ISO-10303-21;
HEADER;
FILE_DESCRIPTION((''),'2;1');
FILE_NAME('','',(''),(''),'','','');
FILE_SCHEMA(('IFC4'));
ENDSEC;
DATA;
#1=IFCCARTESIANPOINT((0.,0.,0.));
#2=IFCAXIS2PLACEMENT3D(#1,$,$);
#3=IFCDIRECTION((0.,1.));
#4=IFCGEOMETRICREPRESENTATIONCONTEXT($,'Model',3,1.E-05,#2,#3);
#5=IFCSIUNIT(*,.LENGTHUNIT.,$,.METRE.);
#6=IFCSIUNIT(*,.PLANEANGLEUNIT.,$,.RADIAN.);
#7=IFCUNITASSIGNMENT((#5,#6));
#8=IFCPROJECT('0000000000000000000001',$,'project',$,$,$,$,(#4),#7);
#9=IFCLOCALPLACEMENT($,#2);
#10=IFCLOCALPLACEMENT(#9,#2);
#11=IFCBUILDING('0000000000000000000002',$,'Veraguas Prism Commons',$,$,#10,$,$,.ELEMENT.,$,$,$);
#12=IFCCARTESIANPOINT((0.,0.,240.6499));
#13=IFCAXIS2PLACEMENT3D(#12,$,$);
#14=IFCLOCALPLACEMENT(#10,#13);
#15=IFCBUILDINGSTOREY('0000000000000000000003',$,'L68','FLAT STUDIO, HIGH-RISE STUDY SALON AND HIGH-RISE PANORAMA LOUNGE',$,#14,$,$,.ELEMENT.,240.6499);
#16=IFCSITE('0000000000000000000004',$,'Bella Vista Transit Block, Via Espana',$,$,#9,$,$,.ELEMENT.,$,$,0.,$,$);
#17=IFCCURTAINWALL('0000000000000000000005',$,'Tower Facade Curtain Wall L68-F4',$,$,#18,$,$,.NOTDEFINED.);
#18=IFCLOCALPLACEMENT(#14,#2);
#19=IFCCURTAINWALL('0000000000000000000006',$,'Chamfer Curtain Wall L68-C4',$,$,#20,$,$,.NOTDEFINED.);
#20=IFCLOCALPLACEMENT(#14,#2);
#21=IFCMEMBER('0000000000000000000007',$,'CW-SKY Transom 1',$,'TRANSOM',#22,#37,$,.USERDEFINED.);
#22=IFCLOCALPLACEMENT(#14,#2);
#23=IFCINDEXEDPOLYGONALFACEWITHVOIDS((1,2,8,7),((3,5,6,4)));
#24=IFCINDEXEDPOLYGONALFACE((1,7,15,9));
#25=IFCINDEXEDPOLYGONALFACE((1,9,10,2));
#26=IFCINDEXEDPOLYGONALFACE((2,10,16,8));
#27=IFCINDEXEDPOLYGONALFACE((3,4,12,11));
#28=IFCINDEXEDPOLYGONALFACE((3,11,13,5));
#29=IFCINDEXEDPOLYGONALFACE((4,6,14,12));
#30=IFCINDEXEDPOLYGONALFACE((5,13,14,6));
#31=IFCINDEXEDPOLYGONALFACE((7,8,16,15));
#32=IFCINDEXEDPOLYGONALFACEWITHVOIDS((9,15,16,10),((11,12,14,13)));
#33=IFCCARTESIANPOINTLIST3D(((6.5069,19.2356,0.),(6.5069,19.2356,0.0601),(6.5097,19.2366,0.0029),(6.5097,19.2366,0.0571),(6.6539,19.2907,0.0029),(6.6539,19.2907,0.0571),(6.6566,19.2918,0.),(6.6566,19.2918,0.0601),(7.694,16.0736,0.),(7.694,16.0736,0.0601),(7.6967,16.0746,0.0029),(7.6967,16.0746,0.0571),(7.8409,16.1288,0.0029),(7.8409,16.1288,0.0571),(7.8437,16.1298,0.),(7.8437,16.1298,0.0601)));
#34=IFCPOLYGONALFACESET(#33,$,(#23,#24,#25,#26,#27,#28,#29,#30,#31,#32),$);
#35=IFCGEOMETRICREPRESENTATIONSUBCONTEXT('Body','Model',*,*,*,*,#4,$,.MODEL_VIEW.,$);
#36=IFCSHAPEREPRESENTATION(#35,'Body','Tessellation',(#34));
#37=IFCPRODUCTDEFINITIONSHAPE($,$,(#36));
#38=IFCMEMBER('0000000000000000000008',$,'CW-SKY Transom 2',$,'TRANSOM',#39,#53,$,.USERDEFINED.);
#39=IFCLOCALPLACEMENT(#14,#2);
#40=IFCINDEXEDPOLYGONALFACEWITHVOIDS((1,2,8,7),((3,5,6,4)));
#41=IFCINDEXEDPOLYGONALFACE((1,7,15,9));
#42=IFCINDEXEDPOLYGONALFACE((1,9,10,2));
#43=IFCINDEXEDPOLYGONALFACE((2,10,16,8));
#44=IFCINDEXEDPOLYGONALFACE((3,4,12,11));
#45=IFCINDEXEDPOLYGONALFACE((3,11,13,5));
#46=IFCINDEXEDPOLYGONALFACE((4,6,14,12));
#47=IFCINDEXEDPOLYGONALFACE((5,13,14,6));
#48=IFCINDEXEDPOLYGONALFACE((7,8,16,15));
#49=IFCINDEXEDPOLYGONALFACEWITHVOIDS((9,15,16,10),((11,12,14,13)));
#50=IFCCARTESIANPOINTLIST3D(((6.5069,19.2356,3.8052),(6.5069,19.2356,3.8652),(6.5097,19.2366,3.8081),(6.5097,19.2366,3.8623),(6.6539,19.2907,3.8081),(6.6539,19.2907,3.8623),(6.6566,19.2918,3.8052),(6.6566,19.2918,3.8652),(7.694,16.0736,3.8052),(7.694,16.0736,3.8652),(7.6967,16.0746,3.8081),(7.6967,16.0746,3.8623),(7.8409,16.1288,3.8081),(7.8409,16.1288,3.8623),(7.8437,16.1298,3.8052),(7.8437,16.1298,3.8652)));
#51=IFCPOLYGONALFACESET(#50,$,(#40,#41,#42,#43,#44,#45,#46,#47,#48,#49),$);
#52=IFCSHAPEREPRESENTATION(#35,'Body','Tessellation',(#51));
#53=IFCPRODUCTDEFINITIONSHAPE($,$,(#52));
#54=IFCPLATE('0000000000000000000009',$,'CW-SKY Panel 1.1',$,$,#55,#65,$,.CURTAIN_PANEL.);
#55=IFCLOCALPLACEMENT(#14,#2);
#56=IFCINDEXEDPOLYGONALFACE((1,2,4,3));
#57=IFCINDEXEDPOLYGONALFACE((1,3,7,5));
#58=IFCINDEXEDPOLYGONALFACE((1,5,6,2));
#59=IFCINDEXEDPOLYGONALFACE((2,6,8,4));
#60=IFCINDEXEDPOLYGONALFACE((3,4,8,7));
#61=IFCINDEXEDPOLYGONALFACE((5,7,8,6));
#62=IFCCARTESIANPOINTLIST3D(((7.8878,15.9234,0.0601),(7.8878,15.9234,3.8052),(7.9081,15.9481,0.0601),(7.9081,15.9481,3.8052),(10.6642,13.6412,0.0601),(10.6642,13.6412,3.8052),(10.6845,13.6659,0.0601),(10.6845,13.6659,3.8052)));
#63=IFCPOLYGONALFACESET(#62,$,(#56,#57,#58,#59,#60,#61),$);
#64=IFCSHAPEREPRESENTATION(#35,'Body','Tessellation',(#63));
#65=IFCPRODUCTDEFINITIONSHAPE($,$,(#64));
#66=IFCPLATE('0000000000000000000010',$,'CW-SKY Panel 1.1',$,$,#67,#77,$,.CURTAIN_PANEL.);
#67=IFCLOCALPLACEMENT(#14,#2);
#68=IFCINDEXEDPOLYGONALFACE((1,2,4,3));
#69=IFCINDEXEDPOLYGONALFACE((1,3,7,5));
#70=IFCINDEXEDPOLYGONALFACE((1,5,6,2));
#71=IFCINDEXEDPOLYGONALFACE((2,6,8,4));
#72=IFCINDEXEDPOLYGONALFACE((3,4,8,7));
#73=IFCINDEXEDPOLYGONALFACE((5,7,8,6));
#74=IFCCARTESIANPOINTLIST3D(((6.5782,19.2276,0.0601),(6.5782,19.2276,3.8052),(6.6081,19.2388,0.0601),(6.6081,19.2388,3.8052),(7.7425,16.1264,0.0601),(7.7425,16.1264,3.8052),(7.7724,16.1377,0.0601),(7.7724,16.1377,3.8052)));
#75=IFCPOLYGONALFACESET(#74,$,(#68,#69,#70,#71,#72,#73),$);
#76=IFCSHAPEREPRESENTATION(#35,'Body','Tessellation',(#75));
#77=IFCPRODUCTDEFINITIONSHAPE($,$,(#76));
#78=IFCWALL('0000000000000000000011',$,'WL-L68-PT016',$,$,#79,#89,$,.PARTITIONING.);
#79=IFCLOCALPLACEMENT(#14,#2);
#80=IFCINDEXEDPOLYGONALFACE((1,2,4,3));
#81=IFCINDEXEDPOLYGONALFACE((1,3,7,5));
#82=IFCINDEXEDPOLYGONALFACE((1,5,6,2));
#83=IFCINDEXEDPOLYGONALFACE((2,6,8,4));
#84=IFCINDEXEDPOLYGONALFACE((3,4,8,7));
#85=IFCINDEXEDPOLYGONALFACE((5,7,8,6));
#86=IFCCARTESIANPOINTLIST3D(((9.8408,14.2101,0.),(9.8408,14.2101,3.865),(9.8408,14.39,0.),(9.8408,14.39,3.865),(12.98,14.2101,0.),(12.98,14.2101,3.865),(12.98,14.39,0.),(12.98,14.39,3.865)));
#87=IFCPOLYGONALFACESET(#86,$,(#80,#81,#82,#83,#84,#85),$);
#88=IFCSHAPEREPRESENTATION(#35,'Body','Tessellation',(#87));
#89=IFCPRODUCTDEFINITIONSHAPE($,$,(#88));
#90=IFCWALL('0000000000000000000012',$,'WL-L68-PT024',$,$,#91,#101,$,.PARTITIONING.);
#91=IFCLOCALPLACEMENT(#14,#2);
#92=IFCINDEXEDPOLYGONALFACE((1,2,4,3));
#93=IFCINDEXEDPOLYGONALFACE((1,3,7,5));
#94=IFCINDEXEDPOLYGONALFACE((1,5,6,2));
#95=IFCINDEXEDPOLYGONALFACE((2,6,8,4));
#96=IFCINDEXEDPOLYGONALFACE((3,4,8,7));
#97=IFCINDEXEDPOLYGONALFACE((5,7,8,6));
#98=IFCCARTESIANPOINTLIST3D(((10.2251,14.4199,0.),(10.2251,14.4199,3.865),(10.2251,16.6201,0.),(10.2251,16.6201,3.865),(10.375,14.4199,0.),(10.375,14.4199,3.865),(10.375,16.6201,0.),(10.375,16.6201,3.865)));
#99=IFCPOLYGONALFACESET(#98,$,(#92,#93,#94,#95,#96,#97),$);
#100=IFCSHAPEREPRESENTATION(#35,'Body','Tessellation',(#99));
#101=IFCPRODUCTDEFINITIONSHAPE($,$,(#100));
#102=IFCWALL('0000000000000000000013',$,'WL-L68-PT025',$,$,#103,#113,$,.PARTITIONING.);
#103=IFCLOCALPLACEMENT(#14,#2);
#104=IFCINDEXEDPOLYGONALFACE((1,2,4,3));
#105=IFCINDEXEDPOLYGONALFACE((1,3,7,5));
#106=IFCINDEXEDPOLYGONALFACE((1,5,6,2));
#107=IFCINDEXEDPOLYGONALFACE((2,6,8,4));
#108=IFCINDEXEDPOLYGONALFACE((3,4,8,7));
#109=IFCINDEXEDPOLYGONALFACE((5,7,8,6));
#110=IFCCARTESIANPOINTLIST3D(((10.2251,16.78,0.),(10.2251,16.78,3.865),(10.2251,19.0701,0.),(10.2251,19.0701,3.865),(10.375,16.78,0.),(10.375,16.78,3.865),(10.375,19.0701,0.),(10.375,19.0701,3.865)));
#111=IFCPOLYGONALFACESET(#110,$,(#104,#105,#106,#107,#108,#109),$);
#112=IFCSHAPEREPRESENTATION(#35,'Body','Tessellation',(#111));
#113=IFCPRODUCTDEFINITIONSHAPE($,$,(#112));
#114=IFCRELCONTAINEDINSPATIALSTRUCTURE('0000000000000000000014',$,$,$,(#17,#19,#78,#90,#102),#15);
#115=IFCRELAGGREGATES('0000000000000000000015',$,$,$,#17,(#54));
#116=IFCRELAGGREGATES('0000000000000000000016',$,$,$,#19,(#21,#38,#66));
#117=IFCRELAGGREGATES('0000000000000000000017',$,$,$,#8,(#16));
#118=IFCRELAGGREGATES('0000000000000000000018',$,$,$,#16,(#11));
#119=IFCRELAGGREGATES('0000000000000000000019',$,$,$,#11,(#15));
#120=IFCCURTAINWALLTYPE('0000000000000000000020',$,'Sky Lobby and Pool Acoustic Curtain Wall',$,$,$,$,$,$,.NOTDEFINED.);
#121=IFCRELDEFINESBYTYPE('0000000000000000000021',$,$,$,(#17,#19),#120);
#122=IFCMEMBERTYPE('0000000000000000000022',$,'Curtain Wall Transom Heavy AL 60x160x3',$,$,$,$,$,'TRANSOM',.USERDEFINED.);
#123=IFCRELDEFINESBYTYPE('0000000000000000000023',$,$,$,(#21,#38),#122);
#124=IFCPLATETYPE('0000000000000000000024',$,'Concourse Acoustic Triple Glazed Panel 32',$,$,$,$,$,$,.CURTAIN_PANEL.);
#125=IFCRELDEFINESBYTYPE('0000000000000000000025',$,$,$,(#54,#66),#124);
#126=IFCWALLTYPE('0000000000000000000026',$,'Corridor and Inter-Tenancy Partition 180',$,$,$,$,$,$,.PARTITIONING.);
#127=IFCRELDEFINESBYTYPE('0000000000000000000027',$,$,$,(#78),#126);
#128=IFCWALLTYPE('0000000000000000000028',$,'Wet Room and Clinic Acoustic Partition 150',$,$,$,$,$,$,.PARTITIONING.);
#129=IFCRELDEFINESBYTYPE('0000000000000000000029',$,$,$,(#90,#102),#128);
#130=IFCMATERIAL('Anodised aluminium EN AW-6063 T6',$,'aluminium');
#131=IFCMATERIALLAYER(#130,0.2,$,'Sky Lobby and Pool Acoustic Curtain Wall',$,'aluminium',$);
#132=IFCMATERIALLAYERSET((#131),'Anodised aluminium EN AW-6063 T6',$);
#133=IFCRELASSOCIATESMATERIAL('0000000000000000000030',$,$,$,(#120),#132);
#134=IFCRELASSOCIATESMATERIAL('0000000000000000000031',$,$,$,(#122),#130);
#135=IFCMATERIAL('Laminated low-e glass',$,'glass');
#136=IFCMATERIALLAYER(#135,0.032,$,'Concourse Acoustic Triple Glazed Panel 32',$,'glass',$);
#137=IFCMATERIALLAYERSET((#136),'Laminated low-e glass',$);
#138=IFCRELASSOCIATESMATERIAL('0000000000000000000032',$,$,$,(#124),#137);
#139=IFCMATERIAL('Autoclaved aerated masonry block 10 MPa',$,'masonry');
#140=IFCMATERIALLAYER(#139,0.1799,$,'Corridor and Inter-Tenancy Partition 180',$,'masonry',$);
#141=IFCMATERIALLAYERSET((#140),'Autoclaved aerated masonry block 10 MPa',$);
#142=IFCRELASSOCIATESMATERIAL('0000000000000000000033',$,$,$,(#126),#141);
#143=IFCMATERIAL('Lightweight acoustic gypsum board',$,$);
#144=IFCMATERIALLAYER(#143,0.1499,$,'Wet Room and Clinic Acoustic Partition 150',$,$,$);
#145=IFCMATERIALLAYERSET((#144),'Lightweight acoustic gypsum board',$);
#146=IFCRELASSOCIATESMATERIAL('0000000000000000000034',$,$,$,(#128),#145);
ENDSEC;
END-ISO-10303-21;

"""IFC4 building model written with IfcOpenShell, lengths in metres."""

from ifc_helpers import new_model, si_unit, direction, frame, frame_2d, origin, origin_2d, place, context, subcontext, project, spatial, rectangle, hollow_rectangle, extrude, source, transform, mapped, material, layer, layer_set, material_profile, profile_set, type_object, element, aggregate, save


model = new_model("IFC4")

# Units and contexts
model_context = context("Model", 3, precision=1e-05, world=origin(), true_north=direction((0.0, 1.0)))
body_context = subcontext(model_context, "Body", "Model", "MODEL_VIEW")
ifc_project = project(units=[si_unit("LENGTHUNIT", "METRE"), si_unit("PLANEANGLEUNIT", "RADIAN")], contexts=[model_context])

# Site, building, storey
site_placement = place(None, origin())
site = spatial("IfcSite", under=ifc_project, at=site_placement, Name="Bella Vista Transit Block, Via Espana", CompositionType="ELEMENT", RefElevation=0.0)
building_placement = place(site_placement, origin())
building = spatial("IfcBuilding", under=site, at=building_placement, Name="Veraguas Prism Commons", CompositionType="ELEMENT")
storey_placement = place(building_placement, frame((0.0, 0.0, 240.6499)))
storey = spatial("IfcBuildingStorey", under=building, at=storey_placement, Name="L68", Description="FLAT STUDIO, HIGH-RISE STUDY SALON AND HIGH-RISE PANORAMA LOUNGE", CompositionType="ELEMENT", Elevation=240.6499)

# Shared definitions
ifc_material_1 = material(Name="Anodised aluminium EN AW-6063 T6", Category="aluminium")
ifc_layer_1 = layer(ifc_material_1, 0.2, Name="Sky Lobby and Pool Acoustic Curtain Wall", Category="aluminium")
ifc_layer_set_1 = layer_set([ifc_layer_1], Name="Anodised aluminium EN AW-6063 T6")
curtain_wall_type = type_object("IfcCurtainWallType", Name="Sky Lobby and Pool Acoustic Curtain Wall", PredefinedType="NOTDEFINED", material=ifc_layer_set_1)

# Curtain walls
curtain_wall_1_placement = place(storey_placement, origin())
curtain_wall_1 = element("IfcCurtainWall", 1, at=curtain_wall_1_placement, inside=storey, type_object=curtain_wall_type, Name="Tower Facade Curtain Wall L68-F4", PredefinedType="NOTDEFINED")
curtain_wall_2_placement = place(storey_placement, origin())
curtain_wall_2 = element("IfcCurtainWall", 2, at=curtain_wall_2_placement, inside=storey, type_object=curtain_wall_type, Name="Chamfer Curtain Wall L68-C4", PredefinedType="NOTDEFINED")

# Members
ifc_material_profile_1 = material_profile(ifc_material_1, hollow_rectangle(XDim=0.0601, YDim=0.1599, WallThickness=0.0029, at=origin_2d()), Name="AL60X160X3")
ifc_profile_set_1 = profile_set([ifc_material_profile_1], Name="Anodised aluminium EN AW-6063 T6")
member_type_1 = type_object("IfcMemberType", Name="Curtain Wall Transom Heavy AL 60x160x3", ElementType="TRANSOM", PredefinedType="USERDEFINED", material=ifc_profile_set_1)
shared_shape_1 = source(origin(), body_context, "Body", "SweptSolid", [
    extrude(hollow_rectangle(XDim=0.0601, YDim=0.1599, WallThickness=0.0029, at=origin_2d()), origin(), (0.0, 0.0, 1.0), 3.3774),
])
member_1_placement = place(storey_placement, frame((6.5818, 19.2637, 0.03), z_axis=(0.351464, -0.936201, 0.0), x_axis=(0.0, 0.0, 1.0)))
member_1 = element("IfcMember", 3, at=member_1_placement, type_object=member_type_1, Name="CW-SKY Transom 1", ObjectType="TRANSOM", PredefinedType="USERDEFINED", context=body_context, shape_type="MappedRepresentation", body=[
    mapped(shared_shape_1, transform((0.0, 0.0, 0.0), scale=1.0)),
])
member_2_placement = place(storey_placement, frame((6.5818, 19.2637, 3.8352), z_axis=(0.351464, -0.936201, 0.0), x_axis=(0.0, 0.0, 1.0)))
member_2 = element("IfcMember", 4, at=member_2_placement, type_object=member_type_1, Name="CW-SKY Transom 2", ObjectType="TRANSOM", PredefinedType="USERDEFINED", context=body_context, shape_type="MappedRepresentation", body=[
    mapped(shared_shape_1, transform((0.0, 0.0, 0.0), scale=1.0)),
])

# Plates
ifc_material_2 = material(Name="Laminated low-e glass", Category="glass")
ifc_layer_2 = layer(ifc_material_2, 0.032, Name="Concourse Acoustic Triple Glazed Panel 32", Category="glass")
ifc_layer_set_2 = layer_set([ifc_layer_2], Name="Laminated low-e glass")
plate_type = type_object("IfcPlateType", Name="Concourse Acoustic Triple Glazed Panel 32", PredefinedType="CURTAIN_PANEL", material=ifc_layer_set_2)
shared_shape_2 = source(origin(), body_context, "Body", "SweptSolid", [
    extrude(rectangle(XDim=3.594, YDim=0.032, at=origin_2d()), origin(), (0.0, 0.0, 1.0), 3.7451),
])
plate_1_placement = place(storey_placement, frame((9.2861, 14.7947, 0.0601), z_axis=(0.0, 0.0, 1.0), x_axis=(0.772514, -0.634998, 0.0)))
plate_1 = element("IfcPlate", 5, at=plate_1_placement, type_object=plate_type, Name="CW-SKY Panel 1.1", PredefinedType="CURTAIN_PANEL", context=body_context, shape_type="MappedRepresentation", body=[
    mapped(shared_shape_2, transform((0.0, 0.0, 0.0), scale=1.0)),
])
aggregate(curtain_wall_1, [plate_1])
shared_shape_3 = source(origin(), body_context, "Body", "SweptSolid", [
    extrude(rectangle(XDim=3.3125, YDim=0.032, at=origin_2d()), origin(), (0.0, 0.0, 1.0), 3.7451),
])
plate_2_placement = place(storey_placement, frame((7.1753, 17.6826, 0.0601), z_axis=(0.0, 0.0, 1.0), x_axis=(0.351492, -0.936191, 0.0)))
plate_2 = element("IfcPlate", 6, at=plate_2_placement, type_object=plate_type, Name="CW-SKY Panel 1.1", PredefinedType="CURTAIN_PANEL", context=body_context, shape_type="MappedRepresentation", body=[
    mapped(shared_shape_3, transform((0.0, 0.0, 0.0), scale=1.0)),
])
aggregate(curtain_wall_2, [member_1, member_2, plate_2])

# Walls
ifc_material_3 = material(Name="Autoclaved aerated masonry block 10 MPa", Category="masonry")
ifc_layer_3 = layer(ifc_material_3, 0.1799, Name="Corridor and Inter-Tenancy Partition 180", Category="masonry")
ifc_layer_set_3 = layer_set([ifc_layer_3], Name="Autoclaved aerated masonry block 10 MPa")
wall_type_1 = type_object("IfcWallType", Name="Corridor and Inter-Tenancy Partition 180", PredefinedType="PARTITIONING", material=ifc_layer_set_3)
wall_1_placement = place(storey_placement, frame((12.98, 14.3, 0.0), z_axis=(0.0, 0.0, 1.0), x_axis=(-1.0, 0.0, 0.0)))
element("IfcWall", 7, at=wall_1_placement, inside=storey, type_object=wall_type_1, Name="WL-L68-PT016", PredefinedType="PARTITIONING", context=body_context, shape_type="SweptSolid", body=[
    extrude(rectangle(XDim=3.1392, YDim=0.1799, at=frame_2d((1.5696, 0.0))), origin(), (0.0, 0.0, 1.0), 3.865),
])
ifc_material_4 = material(Name="Lightweight acoustic gypsum board")
ifc_layer_4 = layer(ifc_material_4, 0.1499, Name="Wet Room and Clinic Acoustic Partition 150")
ifc_layer_set_4 = layer_set([ifc_layer_4], Name="Lightweight acoustic gypsum board")
wall_type_2 = type_object("IfcWallType", Name="Wet Room and Clinic Acoustic Partition 150", PredefinedType="PARTITIONING", material=ifc_layer_set_4)
wall_2_placement = place(storey_placement, frame((10.3, 14.4199, 0.0), z_axis=(0.0, 0.0, 1.0), x_axis=(0.0, 1.0, 0.0)))
element("IfcWall", 8, at=wall_2_placement, inside=storey, type_object=wall_type_2, Name="WL-L68-PT024", PredefinedType="PARTITIONING", context=body_context, shape_type="SweptSolid", body=[
    extrude(rectangle(XDim=2.2002, YDim=0.1499, at=frame_2d((1.1001, 0.0))), origin(), (0.0, 0.0, 1.0), 3.865),
])
wall_3_placement = place(storey_placement, frame((10.3, 16.78, 0.0), z_axis=(0.0, 0.0, 1.0), x_axis=(0.0, 1.0, 0.0)))
element("IfcWall", 9, at=wall_3_placement, inside=storey, type_object=wall_type_2, Name="WL-L68-PT025", PredefinedType="PARTITIONING", context=body_context, shape_type="SweptSolid", body=[
    extrude(rectangle(XDim=2.29, YDim=0.1499, at=frame_2d((1.145, 0.0))), origin(), (0.0, 0.0, 1.0), 3.865),
])

save(model, "model.ifc")
